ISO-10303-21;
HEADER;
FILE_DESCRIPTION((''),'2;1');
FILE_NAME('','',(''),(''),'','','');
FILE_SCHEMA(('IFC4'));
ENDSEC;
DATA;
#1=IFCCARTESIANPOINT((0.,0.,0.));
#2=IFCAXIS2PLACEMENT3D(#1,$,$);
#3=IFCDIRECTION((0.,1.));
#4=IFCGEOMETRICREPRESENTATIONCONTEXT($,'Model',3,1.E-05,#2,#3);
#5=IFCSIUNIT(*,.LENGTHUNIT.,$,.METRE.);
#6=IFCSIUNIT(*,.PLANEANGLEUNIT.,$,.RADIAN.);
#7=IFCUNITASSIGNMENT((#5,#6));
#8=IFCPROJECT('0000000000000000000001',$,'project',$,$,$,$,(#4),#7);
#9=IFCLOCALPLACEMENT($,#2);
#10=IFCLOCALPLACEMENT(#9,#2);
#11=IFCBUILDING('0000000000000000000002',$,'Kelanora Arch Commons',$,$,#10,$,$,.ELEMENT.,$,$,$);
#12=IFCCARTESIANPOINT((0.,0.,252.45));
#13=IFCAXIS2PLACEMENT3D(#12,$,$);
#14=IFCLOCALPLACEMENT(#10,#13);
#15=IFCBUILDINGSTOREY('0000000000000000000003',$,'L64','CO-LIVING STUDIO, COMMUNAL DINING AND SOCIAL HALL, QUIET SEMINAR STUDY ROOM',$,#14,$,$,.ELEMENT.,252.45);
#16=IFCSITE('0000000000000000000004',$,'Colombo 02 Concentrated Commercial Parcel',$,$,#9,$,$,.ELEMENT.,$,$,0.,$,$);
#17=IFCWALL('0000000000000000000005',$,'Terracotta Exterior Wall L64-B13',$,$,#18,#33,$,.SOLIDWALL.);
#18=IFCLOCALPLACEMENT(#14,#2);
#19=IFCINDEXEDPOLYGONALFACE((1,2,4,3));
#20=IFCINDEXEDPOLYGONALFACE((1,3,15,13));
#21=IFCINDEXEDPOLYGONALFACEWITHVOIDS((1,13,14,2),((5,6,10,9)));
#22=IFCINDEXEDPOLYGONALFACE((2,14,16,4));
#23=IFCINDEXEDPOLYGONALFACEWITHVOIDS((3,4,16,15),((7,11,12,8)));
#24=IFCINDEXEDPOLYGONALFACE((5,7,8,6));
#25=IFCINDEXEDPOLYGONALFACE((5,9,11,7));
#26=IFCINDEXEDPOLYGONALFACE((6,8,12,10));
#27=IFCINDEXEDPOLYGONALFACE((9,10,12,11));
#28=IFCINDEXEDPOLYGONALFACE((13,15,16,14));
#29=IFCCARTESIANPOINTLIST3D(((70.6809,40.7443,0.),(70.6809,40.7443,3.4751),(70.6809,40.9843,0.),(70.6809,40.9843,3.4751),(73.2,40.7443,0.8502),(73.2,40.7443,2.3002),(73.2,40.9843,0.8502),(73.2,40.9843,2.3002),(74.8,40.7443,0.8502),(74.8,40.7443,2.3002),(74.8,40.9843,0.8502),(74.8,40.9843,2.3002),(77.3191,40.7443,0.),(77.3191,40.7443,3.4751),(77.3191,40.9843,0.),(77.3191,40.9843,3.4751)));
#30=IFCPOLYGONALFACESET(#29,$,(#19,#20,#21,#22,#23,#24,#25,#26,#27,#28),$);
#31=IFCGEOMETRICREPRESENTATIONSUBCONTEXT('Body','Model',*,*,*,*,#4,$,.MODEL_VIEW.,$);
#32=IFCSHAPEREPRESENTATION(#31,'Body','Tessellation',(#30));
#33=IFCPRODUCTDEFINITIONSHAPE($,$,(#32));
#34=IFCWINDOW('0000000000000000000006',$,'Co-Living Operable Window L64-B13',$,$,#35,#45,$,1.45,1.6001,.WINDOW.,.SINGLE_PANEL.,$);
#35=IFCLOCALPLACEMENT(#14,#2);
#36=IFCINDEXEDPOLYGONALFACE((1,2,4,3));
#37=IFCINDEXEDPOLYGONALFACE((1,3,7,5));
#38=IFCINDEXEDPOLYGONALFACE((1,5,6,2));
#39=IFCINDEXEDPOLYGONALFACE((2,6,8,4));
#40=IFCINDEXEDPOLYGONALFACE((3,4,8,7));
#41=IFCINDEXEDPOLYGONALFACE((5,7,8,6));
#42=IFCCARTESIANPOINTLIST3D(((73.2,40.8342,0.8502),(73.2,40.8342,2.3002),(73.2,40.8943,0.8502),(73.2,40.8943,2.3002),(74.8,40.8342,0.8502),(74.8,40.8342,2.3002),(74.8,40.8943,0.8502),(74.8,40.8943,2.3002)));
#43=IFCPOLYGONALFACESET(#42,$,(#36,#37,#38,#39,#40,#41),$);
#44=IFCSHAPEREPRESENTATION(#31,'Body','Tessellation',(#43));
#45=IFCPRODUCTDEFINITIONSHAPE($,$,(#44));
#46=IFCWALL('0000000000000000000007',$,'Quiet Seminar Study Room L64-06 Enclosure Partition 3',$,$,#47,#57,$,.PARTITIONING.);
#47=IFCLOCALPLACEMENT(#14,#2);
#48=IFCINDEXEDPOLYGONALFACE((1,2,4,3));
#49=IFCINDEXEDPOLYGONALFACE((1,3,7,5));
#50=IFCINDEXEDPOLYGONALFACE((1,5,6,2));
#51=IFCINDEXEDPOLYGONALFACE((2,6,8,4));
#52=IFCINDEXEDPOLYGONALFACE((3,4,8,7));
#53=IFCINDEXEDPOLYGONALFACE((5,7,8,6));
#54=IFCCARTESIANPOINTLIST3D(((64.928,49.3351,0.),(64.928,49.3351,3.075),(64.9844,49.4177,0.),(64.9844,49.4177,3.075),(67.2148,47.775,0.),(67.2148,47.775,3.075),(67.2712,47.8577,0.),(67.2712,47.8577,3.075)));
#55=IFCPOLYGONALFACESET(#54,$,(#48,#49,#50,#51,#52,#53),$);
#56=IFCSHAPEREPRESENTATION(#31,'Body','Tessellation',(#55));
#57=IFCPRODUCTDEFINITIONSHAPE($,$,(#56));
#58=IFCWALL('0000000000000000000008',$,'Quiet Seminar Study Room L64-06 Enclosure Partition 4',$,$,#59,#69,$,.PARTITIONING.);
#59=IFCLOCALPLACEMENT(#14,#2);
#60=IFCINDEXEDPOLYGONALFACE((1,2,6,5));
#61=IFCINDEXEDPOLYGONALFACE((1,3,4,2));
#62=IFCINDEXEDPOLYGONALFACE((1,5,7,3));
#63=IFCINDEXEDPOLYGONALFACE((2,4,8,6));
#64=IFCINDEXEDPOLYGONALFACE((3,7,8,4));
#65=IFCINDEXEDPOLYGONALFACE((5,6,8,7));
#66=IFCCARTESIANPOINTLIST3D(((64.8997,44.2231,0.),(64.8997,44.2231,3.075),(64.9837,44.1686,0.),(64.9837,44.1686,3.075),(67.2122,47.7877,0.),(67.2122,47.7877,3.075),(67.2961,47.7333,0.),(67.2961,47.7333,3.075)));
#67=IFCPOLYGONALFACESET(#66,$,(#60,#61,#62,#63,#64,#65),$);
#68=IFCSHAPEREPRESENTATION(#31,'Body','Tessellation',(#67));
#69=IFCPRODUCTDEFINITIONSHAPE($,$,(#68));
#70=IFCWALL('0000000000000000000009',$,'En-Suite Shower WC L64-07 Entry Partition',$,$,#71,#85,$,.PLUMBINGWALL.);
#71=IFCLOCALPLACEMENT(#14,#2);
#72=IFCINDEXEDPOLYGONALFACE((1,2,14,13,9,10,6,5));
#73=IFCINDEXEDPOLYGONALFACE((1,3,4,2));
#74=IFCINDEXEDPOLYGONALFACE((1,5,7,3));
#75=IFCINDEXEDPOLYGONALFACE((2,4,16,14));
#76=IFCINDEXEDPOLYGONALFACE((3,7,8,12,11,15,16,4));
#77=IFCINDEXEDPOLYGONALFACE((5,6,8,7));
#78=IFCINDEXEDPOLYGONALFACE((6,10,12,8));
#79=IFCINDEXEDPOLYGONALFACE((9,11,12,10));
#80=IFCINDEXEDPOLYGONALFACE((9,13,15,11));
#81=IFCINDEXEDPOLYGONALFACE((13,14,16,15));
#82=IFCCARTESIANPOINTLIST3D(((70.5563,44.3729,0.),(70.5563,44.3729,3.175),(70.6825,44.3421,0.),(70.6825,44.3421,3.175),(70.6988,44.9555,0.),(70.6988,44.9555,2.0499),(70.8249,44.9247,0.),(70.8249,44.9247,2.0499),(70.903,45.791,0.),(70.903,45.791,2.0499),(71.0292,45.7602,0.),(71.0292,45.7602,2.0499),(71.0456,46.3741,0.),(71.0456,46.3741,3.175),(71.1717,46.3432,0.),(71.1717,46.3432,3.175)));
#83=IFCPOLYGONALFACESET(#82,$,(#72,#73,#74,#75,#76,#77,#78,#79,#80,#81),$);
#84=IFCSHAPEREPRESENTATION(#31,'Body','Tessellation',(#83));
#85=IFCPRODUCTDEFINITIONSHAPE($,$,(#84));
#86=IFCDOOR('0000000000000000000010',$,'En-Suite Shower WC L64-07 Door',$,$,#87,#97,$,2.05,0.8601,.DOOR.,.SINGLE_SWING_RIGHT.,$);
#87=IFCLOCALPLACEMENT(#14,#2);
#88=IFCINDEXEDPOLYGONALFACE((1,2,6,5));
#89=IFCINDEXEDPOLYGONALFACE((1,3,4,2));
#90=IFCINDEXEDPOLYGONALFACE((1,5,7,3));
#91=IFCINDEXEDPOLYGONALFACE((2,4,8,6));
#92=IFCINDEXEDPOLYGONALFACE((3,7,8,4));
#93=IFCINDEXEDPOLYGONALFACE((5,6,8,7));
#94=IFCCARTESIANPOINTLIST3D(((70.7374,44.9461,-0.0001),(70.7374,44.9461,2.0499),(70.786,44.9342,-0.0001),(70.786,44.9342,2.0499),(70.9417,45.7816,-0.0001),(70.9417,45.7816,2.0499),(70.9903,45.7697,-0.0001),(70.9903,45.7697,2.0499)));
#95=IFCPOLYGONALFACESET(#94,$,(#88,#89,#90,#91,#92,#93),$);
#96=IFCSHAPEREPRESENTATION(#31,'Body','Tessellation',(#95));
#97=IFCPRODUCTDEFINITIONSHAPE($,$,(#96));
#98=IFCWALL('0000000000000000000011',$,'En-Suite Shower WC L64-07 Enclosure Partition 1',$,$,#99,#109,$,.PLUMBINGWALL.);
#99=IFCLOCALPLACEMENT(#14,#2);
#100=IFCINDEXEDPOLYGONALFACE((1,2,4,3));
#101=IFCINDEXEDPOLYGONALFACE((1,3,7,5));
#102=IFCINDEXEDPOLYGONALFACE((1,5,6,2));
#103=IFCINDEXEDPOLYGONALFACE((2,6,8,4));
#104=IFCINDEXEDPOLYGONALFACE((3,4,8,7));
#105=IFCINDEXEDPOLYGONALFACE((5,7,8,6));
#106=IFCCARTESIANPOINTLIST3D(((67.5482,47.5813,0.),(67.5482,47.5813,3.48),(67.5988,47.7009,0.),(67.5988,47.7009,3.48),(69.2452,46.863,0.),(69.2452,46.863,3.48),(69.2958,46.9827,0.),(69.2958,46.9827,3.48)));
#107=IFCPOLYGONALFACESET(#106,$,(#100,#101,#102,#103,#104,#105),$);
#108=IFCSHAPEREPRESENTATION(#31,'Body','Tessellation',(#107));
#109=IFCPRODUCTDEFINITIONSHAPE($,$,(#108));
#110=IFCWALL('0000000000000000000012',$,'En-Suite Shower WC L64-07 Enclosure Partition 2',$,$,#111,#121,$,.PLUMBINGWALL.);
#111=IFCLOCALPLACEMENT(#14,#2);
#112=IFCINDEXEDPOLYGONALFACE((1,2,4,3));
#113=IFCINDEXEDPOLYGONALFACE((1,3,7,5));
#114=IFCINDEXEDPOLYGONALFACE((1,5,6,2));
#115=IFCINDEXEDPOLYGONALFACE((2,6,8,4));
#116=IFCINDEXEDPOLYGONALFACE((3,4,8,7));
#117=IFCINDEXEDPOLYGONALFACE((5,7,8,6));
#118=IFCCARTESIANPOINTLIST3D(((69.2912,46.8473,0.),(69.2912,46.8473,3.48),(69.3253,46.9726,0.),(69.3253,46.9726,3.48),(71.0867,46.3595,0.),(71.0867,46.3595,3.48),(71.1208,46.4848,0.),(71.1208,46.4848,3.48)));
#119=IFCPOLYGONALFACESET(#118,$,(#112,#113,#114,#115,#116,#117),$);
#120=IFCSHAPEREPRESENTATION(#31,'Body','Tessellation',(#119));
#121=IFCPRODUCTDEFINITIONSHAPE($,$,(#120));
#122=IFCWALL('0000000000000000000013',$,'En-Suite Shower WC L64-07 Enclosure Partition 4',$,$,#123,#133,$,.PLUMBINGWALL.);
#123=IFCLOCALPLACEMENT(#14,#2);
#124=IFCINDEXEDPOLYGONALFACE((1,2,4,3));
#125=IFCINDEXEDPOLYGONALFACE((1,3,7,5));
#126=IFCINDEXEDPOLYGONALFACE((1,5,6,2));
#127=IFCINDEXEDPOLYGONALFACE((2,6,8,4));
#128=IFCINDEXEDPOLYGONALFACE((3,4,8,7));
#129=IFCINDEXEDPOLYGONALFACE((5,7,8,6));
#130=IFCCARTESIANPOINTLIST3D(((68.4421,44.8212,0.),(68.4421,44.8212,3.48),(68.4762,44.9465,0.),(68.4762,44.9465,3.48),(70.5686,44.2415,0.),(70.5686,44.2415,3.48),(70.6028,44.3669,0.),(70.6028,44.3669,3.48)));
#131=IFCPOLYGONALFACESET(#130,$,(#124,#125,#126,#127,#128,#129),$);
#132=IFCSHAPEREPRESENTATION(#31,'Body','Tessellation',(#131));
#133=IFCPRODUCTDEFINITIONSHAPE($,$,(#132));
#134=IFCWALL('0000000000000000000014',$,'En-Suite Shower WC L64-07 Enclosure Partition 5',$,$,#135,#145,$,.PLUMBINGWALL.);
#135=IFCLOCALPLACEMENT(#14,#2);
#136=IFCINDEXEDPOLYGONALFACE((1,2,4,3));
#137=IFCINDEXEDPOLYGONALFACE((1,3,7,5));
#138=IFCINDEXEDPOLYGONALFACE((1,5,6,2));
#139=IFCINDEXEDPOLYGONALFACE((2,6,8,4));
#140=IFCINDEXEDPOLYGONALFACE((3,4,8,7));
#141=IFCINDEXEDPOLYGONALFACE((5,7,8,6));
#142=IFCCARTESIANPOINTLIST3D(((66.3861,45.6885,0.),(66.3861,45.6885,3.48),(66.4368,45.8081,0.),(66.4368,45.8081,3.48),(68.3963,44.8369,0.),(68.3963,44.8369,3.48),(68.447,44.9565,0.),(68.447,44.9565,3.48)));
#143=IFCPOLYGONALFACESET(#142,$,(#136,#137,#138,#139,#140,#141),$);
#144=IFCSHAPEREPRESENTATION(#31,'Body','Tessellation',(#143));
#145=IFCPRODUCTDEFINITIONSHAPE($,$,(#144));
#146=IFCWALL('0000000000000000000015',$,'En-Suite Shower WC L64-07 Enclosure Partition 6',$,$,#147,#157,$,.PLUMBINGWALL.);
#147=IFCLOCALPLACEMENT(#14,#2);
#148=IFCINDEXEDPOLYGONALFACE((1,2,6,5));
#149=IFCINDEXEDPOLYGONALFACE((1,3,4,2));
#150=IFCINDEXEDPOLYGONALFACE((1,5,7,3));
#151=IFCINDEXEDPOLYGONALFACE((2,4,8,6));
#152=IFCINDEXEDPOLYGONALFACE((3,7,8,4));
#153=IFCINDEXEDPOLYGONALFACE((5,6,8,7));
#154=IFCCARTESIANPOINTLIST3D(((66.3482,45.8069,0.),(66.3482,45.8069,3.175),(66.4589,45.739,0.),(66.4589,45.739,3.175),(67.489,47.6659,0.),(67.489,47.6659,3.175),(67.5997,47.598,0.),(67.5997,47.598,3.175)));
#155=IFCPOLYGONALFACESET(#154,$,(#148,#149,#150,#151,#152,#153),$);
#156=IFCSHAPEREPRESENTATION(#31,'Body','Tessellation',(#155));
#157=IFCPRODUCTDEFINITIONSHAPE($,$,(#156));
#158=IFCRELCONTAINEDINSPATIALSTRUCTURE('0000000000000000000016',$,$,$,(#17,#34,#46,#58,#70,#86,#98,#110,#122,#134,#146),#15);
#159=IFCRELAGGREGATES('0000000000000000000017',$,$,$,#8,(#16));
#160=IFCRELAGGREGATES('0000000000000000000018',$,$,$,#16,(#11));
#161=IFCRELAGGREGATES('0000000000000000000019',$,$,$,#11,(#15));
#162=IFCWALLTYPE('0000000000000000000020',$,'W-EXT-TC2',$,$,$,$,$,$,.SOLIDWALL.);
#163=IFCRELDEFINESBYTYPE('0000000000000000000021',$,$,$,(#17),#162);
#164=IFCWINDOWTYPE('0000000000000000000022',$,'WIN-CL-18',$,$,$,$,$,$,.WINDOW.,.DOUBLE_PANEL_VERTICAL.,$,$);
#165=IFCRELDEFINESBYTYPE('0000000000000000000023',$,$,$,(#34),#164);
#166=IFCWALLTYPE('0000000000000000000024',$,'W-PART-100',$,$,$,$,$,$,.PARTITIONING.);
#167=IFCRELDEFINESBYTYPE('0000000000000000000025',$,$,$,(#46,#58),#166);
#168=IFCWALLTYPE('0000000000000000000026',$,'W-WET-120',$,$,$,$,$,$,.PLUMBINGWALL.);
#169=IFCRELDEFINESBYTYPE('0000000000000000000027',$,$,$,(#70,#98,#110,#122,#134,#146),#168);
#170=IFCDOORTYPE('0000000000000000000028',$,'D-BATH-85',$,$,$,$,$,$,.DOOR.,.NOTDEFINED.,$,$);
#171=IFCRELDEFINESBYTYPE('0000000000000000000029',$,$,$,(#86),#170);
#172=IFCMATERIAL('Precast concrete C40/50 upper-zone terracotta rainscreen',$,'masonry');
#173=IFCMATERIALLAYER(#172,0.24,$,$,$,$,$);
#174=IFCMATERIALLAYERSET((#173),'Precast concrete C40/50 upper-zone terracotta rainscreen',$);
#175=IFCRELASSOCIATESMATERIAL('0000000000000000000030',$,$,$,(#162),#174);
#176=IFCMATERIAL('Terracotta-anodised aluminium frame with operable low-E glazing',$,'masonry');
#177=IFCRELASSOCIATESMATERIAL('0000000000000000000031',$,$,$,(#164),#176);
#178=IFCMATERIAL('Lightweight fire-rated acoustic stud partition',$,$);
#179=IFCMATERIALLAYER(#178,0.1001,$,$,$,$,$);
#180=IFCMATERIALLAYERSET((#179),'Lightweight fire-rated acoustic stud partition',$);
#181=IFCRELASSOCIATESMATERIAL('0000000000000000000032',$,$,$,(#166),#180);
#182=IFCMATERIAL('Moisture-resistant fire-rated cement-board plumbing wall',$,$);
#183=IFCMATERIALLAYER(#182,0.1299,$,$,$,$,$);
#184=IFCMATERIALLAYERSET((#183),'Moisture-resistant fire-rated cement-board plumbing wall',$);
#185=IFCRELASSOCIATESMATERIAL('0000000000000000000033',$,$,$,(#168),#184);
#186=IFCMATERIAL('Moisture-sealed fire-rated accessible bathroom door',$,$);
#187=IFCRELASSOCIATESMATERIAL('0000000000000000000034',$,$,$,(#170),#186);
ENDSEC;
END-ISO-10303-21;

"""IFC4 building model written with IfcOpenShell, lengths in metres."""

from ifc_helpers import new_model, si_unit, direction, frame, frame_2d, origin, place, context, subcontext, project, spatial, rectangle, extrude, material, layer, layer_set, type_object, element, fill, save


model = new_model("IFC4")

# Units and contexts
model_context = context("Model", 3, precision=1e-05, world=origin(), true_north=direction((0.0, 1.0)))
body_context = subcontext(model_context, "Body", "Model", "MODEL_VIEW")
ifc_project = project(units=[si_unit("LENGTHUNIT", "METRE"), si_unit("PLANEANGLEUNIT", "RADIAN")], contexts=[model_context])

# Site, building, storey
site_placement = place(None, origin())
site = spatial("IfcSite", under=ifc_project, at=site_placement, Name="Colombo 02 Concentrated Commercial Parcel", CompositionType="ELEMENT", RefElevation=0.0)
building_placement = place(site_placement, origin())
building = spatial("IfcBuilding", under=site, at=building_placement, Name="Kelanora Arch Commons", CompositionType="ELEMENT")
storey_placement = place(building_placement, frame((0.0, 0.0, 252.45)))
storey = spatial("IfcBuildingStorey", under=building, at=storey_placement, Name="L64", Description="CO-LIVING STUDIO, COMMUNAL DINING AND SOCIAL HALL, QUIET SEMINAR STUDY ROOM", CompositionType="ELEMENT", Elevation=252.45)

# Wall, opening, window
ifc_material_1 = material(Name="Precast concrete C40/50 upper-zone terracotta rainscreen", Category="masonry")
ifc_layer_1 = layer(ifc_material_1, 0.24)
ifc_layer_set_1 = layer_set([ifc_layer_1], Name="Precast concrete C40/50 upper-zone terracotta rainscreen")
wall_type_1 = type_object("IfcWallType", Name="W-EXT-TC2", PredefinedType="SOLIDWALL", material=ifc_layer_set_1)
wall_1_placement = place(storey_placement, frame((70.6809, 40.8643, 0.0), z_axis=(0.0, 0.0, 1.0), x_axis=(1.0, 0.0, 0.0)))
wall_1 = element("IfcWall", 1, at=wall_1_placement, inside=storey, type_object=wall_type_1, Name="Terracotta Exterior Wall L64-B13", PredefinedType="SOLIDWALL", context=body_context, shape_type="SweptSolid", body=[
    extrude(rectangle(XDim=6.6382, YDim=0.24, at=frame_2d((3.3191, 0.0))), origin(), (0.0, 0.0, 1.0), 3.4751),
])
opening_1_placement = place(wall_1_placement, frame((2.519, 0.0, 0.8501)))
opening_1 = element("IfcOpeningElement", 2, at=opening_1_placement, cuts=wall_1, PredefinedType="OPENING", context=body_context, shape_type="SweptSolid", body=[
    extrude(rectangle(XDim=1.6001, YDim=1.45, at=frame_2d((0.8, 0.7251))), frame((0.0, 0.1299, 0.0), z_axis=(0.0, -1.0, 0.0), x_axis=(1.0, 0.0, 0.0)), (0.0, 0.0, 1.0), 0.26),
])
ifc_material_2 = material(Name="Terracotta-anodised aluminium frame with operable low-E glazing", Category="masonry")
window_type = type_object("IfcWindowType", Name="WIN-CL-18", PartitioningType="DOUBLE_PANEL_VERTICAL", PredefinedType="WINDOW", material=ifc_material_2)
window_placement = place(opening_1_placement, origin())
window = element("IfcWindow", 3, at=window_placement, inside=storey, type_object=window_type, Name="Co-Living Operable Window L64-B13", OverallHeight=1.45, OverallWidth=1.6001, PartitioningType="SINGLE_PANEL", PredefinedType="WINDOW", context=body_context, shape_type="SweptSolid", body=[
    extrude(rectangle(XDim=1.6001, YDim=1.45, at=frame_2d((0.8, 0.7251))), frame((0.0, 0.03, 0.0), z_axis=(0.0, -1.0, 0.0), x_axis=(1.0, 0.0, 0.0)), (0.0, 0.0, 1.0), 0.0601),
])
fill(opening_1, window)

# Walls
ifc_material_3 = material(Name="Lightweight fire-rated acoustic stud partition")
ifc_layer_2 = layer(ifc_material_3, 0.1001)
ifc_layer_set_2 = layer_set([ifc_layer_2], Name="Lightweight fire-rated acoustic stud partition")
wall_type_2 = type_object("IfcWallType", Name="W-PART-100", PredefinedType="PARTITIONING", material=ifc_layer_set_2)
wall_2_placement = place(storey_placement, frame((64.9561, 49.3765, 0.0), z_axis=(0.0, 0.0, 1.0), x_axis=(0.826087, -0.563542, 0.0)))
element("IfcWall", 4, at=wall_2_placement, inside=storey, type_object=wall_type_2, Name="Quiet Seminar Study Room L64-06 Enclosure Partition 3", PredefinedType="PARTITIONING", context=body_context, shape_type="SweptSolid", body=[
    extrude(rectangle(XDim=2.7683, YDim=0.1001, at=frame_2d((1.3843, 0.0))), origin(), (0.0, 0.0, 1.0), 3.075),
])
wall_3_placement = place(storey_placement, frame((67.2542, 47.7605, 0.0), z_axis=(0.0, 0.0, 1.0), x_axis=(-0.544235, -0.838933, 0.0)))
element("IfcWall", 5, at=wall_3_placement, inside=storey, type_object=wall_type_2, Name="Quiet Seminar Study Room L64-06 Enclosure Partition 4", PredefinedType="PARTITIONING", context=body_context, shape_type="SweptSolid", body=[
    extrude(rectangle(XDim=4.249, YDim=0.1001, at=frame_2d((2.1245, 0.0))), origin(), (0.0, 0.0, 1.0), 3.075),
])

# Wall, opening, door
ifc_material_4 = material(Name="Moisture-resistant fire-rated cement-board plumbing wall")
ifc_layer_3 = layer(ifc_material_4, 0.1299)
ifc_layer_set_3 = layer_set([ifc_layer_3], Name="Moisture-resistant fire-rated cement-board plumbing wall")
wall_type_3 = type_object("IfcWallType", Name="W-WET-120", PredefinedType="PLUMBINGWALL", material=ifc_layer_set_3)
wall_4_placement = place(storey_placement, frame((71.1086, 46.3586, 0.0), z_axis=(0.0, 0.0, 1.0), x_axis=(-0.237485, -0.971391, 0.0)))
wall_4 = element("IfcWall", 6, at=wall_4_placement, inside=storey, type_object=wall_type_3, Name="En-Suite Shower WC L64-07 Entry Partition", PredefinedType="PLUMBINGWALL", context=body_context, shape_type="SweptSolid", body=[
    extrude(rectangle(XDim=2.0601, YDim=0.1299, at=frame_2d((1.03, 0.0))), origin(), (0.0, 0.0, 1.0), 3.175),
])
opening_2_placement = place(wall_4_placement, frame((0.6001, 0.0, 0.0)))
opening_2 = element("IfcOpeningElement", 7, at=opening_2_placement, cuts=wall_4, PredefinedType="OPENING", context=body_context, shape_type="SweptSolid", body=[
    extrude(rectangle(XDim=0.8601, YDim=2.05, at=frame_2d((0.4302, 1.0249))), frame((0.0, 0.075, 0.0), z_axis=(0.0, -1.0, 0.0), x_axis=(1.0, 0.0, 0.0)), (0.0, 0.0, 1.0), 0.1499),
])
ifc_material_5 = material(Name="Moisture-sealed fire-rated accessible bathroom door")
door_type_1 = type_object("IfcDoorType", Name="D-BATH-85", OperationType="NOTDEFINED", PredefinedType="DOOR", material=ifc_material_5)
door_1_placement = place(opening_2_placement, origin())
door_1 = element("IfcDoor", 8, at=door_1_placement, inside=storey, type_object=door_type_1, Name="En-Suite Shower WC L64-07 Door", OperationType="SINGLE_SWING_RIGHT", OverallHeight=2.05, OverallWidth=0.8601, PredefinedType="DOOR", context=body_context, shape_type="SweptSolid", body=[
    extrude(rectangle(XDim=0.8601, YDim=2.05, at=frame_2d((0.4302, 1.0249))), frame((0.0, 0.0249, 0.0), z_axis=(0.0, -1.0, 0.0), x_axis=(1.0, 0.0, 0.0)), (0.0, 0.0, 1.0), 0.05),
])
fill(opening_2, door_1)

# Walls
wall_5_placement = place(storey_placement, frame((67.5735, 47.6411, 0.0), z_axis=(0.0, 0.0, 1.0), x_axis=(0.920911, -0.389774, 0.0)))
element("IfcWall", 9, at=wall_5_placement, inside=storey, type_object=wall_type_3, Name="En-Suite Shower WC L64-07 Enclosure Partition 1", PredefinedType="PLUMBINGWALL", context=body_context, shape_type="SweptSolid", body=[
    extrude(rectangle(XDim=1.8428, YDim=0.1299, at=frame_2d((0.9214, 0.0))), origin(), (0.0, 0.0, 1.0), 3.48),
])
wall_6_placement = place(storey_placement, frame((69.3083, 46.9099, 0.0), z_axis=(0.0, 0.0, 1.0), x_axis=(0.965018, -0.262185, 0.0)))
element("IfcWall", 10, at=wall_6_placement, inside=storey, type_object=wall_type_3, Name="En-Suite Shower WC L64-07 Enclosure Partition 2", PredefinedType="PLUMBINGWALL", context=body_context, shape_type="SweptSolid", body=[
    extrude(rectangle(XDim=1.8606, YDim=0.1299, at=frame_2d((0.9302, 0.0))), origin(), (0.0, 0.0, 1.0), 3.48),
])
wall_7_placement = place(storey_placement, frame((70.5857, 44.3042, 0.0), z_axis=(0.0, 0.0, 1.0), x_axis=(-0.964805, 0.262967, 0.0)))
element("IfcWall", 11, at=wall_7_placement, inside=storey, type_object=wall_type_3, Name="En-Suite Shower WC L64-07 Enclosure Partition 4", PredefinedType="PLUMBINGWALL", context=body_context, shape_type="SweptSolid", body=[
    extrude(rectangle(XDim=2.2041, YDim=0.1299, at=frame_2d((1.1021, 0.0))), origin(), (0.0, 0.0, 1.0), 3.48),
])
wall_8_placement = place(storey_placement, frame((68.4216, 44.8967, 0.0), z_axis=(0.0, 0.0, 1.0), x_axis=(-0.920791, 0.390056, 0.0)))
element("IfcWall", 12, at=wall_8_placement, inside=storey, type_object=wall_type_3, Name="En-Suite Shower WC L64-07 Enclosure Partition 5", PredefinedType="PLUMBINGWALL", context=body_context, shape_type="SweptSolid", body=[
    extrude(rectangle(XDim=2.1831, YDim=0.1299, at=frame_2d((1.0916, 0.0))), origin(), (0.0, 0.0, 1.0), 3.48),
])
wall_9_placement = place(storey_placement, frame((66.4036, 45.7729, 0.0), z_axis=(0.0, 0.0, 1.0), x_axis=(0.523029, 0.852315, 0.0)))
element("IfcWall", 13, at=wall_9_placement, inside=storey, type_object=wall_type_3, Name="En-Suite Shower WC L64-07 Enclosure Partition 6", PredefinedType="PLUMBINGWALL", context=body_context, shape_type="SweptSolid", body=[
    extrude(rectangle(XDim=2.1812, YDim=0.1299, at=frame_2d((1.0906, 0.0))), origin(), (0.0, 0.0, 1.0), 3.175),
])

save(model, "model.ifc")
